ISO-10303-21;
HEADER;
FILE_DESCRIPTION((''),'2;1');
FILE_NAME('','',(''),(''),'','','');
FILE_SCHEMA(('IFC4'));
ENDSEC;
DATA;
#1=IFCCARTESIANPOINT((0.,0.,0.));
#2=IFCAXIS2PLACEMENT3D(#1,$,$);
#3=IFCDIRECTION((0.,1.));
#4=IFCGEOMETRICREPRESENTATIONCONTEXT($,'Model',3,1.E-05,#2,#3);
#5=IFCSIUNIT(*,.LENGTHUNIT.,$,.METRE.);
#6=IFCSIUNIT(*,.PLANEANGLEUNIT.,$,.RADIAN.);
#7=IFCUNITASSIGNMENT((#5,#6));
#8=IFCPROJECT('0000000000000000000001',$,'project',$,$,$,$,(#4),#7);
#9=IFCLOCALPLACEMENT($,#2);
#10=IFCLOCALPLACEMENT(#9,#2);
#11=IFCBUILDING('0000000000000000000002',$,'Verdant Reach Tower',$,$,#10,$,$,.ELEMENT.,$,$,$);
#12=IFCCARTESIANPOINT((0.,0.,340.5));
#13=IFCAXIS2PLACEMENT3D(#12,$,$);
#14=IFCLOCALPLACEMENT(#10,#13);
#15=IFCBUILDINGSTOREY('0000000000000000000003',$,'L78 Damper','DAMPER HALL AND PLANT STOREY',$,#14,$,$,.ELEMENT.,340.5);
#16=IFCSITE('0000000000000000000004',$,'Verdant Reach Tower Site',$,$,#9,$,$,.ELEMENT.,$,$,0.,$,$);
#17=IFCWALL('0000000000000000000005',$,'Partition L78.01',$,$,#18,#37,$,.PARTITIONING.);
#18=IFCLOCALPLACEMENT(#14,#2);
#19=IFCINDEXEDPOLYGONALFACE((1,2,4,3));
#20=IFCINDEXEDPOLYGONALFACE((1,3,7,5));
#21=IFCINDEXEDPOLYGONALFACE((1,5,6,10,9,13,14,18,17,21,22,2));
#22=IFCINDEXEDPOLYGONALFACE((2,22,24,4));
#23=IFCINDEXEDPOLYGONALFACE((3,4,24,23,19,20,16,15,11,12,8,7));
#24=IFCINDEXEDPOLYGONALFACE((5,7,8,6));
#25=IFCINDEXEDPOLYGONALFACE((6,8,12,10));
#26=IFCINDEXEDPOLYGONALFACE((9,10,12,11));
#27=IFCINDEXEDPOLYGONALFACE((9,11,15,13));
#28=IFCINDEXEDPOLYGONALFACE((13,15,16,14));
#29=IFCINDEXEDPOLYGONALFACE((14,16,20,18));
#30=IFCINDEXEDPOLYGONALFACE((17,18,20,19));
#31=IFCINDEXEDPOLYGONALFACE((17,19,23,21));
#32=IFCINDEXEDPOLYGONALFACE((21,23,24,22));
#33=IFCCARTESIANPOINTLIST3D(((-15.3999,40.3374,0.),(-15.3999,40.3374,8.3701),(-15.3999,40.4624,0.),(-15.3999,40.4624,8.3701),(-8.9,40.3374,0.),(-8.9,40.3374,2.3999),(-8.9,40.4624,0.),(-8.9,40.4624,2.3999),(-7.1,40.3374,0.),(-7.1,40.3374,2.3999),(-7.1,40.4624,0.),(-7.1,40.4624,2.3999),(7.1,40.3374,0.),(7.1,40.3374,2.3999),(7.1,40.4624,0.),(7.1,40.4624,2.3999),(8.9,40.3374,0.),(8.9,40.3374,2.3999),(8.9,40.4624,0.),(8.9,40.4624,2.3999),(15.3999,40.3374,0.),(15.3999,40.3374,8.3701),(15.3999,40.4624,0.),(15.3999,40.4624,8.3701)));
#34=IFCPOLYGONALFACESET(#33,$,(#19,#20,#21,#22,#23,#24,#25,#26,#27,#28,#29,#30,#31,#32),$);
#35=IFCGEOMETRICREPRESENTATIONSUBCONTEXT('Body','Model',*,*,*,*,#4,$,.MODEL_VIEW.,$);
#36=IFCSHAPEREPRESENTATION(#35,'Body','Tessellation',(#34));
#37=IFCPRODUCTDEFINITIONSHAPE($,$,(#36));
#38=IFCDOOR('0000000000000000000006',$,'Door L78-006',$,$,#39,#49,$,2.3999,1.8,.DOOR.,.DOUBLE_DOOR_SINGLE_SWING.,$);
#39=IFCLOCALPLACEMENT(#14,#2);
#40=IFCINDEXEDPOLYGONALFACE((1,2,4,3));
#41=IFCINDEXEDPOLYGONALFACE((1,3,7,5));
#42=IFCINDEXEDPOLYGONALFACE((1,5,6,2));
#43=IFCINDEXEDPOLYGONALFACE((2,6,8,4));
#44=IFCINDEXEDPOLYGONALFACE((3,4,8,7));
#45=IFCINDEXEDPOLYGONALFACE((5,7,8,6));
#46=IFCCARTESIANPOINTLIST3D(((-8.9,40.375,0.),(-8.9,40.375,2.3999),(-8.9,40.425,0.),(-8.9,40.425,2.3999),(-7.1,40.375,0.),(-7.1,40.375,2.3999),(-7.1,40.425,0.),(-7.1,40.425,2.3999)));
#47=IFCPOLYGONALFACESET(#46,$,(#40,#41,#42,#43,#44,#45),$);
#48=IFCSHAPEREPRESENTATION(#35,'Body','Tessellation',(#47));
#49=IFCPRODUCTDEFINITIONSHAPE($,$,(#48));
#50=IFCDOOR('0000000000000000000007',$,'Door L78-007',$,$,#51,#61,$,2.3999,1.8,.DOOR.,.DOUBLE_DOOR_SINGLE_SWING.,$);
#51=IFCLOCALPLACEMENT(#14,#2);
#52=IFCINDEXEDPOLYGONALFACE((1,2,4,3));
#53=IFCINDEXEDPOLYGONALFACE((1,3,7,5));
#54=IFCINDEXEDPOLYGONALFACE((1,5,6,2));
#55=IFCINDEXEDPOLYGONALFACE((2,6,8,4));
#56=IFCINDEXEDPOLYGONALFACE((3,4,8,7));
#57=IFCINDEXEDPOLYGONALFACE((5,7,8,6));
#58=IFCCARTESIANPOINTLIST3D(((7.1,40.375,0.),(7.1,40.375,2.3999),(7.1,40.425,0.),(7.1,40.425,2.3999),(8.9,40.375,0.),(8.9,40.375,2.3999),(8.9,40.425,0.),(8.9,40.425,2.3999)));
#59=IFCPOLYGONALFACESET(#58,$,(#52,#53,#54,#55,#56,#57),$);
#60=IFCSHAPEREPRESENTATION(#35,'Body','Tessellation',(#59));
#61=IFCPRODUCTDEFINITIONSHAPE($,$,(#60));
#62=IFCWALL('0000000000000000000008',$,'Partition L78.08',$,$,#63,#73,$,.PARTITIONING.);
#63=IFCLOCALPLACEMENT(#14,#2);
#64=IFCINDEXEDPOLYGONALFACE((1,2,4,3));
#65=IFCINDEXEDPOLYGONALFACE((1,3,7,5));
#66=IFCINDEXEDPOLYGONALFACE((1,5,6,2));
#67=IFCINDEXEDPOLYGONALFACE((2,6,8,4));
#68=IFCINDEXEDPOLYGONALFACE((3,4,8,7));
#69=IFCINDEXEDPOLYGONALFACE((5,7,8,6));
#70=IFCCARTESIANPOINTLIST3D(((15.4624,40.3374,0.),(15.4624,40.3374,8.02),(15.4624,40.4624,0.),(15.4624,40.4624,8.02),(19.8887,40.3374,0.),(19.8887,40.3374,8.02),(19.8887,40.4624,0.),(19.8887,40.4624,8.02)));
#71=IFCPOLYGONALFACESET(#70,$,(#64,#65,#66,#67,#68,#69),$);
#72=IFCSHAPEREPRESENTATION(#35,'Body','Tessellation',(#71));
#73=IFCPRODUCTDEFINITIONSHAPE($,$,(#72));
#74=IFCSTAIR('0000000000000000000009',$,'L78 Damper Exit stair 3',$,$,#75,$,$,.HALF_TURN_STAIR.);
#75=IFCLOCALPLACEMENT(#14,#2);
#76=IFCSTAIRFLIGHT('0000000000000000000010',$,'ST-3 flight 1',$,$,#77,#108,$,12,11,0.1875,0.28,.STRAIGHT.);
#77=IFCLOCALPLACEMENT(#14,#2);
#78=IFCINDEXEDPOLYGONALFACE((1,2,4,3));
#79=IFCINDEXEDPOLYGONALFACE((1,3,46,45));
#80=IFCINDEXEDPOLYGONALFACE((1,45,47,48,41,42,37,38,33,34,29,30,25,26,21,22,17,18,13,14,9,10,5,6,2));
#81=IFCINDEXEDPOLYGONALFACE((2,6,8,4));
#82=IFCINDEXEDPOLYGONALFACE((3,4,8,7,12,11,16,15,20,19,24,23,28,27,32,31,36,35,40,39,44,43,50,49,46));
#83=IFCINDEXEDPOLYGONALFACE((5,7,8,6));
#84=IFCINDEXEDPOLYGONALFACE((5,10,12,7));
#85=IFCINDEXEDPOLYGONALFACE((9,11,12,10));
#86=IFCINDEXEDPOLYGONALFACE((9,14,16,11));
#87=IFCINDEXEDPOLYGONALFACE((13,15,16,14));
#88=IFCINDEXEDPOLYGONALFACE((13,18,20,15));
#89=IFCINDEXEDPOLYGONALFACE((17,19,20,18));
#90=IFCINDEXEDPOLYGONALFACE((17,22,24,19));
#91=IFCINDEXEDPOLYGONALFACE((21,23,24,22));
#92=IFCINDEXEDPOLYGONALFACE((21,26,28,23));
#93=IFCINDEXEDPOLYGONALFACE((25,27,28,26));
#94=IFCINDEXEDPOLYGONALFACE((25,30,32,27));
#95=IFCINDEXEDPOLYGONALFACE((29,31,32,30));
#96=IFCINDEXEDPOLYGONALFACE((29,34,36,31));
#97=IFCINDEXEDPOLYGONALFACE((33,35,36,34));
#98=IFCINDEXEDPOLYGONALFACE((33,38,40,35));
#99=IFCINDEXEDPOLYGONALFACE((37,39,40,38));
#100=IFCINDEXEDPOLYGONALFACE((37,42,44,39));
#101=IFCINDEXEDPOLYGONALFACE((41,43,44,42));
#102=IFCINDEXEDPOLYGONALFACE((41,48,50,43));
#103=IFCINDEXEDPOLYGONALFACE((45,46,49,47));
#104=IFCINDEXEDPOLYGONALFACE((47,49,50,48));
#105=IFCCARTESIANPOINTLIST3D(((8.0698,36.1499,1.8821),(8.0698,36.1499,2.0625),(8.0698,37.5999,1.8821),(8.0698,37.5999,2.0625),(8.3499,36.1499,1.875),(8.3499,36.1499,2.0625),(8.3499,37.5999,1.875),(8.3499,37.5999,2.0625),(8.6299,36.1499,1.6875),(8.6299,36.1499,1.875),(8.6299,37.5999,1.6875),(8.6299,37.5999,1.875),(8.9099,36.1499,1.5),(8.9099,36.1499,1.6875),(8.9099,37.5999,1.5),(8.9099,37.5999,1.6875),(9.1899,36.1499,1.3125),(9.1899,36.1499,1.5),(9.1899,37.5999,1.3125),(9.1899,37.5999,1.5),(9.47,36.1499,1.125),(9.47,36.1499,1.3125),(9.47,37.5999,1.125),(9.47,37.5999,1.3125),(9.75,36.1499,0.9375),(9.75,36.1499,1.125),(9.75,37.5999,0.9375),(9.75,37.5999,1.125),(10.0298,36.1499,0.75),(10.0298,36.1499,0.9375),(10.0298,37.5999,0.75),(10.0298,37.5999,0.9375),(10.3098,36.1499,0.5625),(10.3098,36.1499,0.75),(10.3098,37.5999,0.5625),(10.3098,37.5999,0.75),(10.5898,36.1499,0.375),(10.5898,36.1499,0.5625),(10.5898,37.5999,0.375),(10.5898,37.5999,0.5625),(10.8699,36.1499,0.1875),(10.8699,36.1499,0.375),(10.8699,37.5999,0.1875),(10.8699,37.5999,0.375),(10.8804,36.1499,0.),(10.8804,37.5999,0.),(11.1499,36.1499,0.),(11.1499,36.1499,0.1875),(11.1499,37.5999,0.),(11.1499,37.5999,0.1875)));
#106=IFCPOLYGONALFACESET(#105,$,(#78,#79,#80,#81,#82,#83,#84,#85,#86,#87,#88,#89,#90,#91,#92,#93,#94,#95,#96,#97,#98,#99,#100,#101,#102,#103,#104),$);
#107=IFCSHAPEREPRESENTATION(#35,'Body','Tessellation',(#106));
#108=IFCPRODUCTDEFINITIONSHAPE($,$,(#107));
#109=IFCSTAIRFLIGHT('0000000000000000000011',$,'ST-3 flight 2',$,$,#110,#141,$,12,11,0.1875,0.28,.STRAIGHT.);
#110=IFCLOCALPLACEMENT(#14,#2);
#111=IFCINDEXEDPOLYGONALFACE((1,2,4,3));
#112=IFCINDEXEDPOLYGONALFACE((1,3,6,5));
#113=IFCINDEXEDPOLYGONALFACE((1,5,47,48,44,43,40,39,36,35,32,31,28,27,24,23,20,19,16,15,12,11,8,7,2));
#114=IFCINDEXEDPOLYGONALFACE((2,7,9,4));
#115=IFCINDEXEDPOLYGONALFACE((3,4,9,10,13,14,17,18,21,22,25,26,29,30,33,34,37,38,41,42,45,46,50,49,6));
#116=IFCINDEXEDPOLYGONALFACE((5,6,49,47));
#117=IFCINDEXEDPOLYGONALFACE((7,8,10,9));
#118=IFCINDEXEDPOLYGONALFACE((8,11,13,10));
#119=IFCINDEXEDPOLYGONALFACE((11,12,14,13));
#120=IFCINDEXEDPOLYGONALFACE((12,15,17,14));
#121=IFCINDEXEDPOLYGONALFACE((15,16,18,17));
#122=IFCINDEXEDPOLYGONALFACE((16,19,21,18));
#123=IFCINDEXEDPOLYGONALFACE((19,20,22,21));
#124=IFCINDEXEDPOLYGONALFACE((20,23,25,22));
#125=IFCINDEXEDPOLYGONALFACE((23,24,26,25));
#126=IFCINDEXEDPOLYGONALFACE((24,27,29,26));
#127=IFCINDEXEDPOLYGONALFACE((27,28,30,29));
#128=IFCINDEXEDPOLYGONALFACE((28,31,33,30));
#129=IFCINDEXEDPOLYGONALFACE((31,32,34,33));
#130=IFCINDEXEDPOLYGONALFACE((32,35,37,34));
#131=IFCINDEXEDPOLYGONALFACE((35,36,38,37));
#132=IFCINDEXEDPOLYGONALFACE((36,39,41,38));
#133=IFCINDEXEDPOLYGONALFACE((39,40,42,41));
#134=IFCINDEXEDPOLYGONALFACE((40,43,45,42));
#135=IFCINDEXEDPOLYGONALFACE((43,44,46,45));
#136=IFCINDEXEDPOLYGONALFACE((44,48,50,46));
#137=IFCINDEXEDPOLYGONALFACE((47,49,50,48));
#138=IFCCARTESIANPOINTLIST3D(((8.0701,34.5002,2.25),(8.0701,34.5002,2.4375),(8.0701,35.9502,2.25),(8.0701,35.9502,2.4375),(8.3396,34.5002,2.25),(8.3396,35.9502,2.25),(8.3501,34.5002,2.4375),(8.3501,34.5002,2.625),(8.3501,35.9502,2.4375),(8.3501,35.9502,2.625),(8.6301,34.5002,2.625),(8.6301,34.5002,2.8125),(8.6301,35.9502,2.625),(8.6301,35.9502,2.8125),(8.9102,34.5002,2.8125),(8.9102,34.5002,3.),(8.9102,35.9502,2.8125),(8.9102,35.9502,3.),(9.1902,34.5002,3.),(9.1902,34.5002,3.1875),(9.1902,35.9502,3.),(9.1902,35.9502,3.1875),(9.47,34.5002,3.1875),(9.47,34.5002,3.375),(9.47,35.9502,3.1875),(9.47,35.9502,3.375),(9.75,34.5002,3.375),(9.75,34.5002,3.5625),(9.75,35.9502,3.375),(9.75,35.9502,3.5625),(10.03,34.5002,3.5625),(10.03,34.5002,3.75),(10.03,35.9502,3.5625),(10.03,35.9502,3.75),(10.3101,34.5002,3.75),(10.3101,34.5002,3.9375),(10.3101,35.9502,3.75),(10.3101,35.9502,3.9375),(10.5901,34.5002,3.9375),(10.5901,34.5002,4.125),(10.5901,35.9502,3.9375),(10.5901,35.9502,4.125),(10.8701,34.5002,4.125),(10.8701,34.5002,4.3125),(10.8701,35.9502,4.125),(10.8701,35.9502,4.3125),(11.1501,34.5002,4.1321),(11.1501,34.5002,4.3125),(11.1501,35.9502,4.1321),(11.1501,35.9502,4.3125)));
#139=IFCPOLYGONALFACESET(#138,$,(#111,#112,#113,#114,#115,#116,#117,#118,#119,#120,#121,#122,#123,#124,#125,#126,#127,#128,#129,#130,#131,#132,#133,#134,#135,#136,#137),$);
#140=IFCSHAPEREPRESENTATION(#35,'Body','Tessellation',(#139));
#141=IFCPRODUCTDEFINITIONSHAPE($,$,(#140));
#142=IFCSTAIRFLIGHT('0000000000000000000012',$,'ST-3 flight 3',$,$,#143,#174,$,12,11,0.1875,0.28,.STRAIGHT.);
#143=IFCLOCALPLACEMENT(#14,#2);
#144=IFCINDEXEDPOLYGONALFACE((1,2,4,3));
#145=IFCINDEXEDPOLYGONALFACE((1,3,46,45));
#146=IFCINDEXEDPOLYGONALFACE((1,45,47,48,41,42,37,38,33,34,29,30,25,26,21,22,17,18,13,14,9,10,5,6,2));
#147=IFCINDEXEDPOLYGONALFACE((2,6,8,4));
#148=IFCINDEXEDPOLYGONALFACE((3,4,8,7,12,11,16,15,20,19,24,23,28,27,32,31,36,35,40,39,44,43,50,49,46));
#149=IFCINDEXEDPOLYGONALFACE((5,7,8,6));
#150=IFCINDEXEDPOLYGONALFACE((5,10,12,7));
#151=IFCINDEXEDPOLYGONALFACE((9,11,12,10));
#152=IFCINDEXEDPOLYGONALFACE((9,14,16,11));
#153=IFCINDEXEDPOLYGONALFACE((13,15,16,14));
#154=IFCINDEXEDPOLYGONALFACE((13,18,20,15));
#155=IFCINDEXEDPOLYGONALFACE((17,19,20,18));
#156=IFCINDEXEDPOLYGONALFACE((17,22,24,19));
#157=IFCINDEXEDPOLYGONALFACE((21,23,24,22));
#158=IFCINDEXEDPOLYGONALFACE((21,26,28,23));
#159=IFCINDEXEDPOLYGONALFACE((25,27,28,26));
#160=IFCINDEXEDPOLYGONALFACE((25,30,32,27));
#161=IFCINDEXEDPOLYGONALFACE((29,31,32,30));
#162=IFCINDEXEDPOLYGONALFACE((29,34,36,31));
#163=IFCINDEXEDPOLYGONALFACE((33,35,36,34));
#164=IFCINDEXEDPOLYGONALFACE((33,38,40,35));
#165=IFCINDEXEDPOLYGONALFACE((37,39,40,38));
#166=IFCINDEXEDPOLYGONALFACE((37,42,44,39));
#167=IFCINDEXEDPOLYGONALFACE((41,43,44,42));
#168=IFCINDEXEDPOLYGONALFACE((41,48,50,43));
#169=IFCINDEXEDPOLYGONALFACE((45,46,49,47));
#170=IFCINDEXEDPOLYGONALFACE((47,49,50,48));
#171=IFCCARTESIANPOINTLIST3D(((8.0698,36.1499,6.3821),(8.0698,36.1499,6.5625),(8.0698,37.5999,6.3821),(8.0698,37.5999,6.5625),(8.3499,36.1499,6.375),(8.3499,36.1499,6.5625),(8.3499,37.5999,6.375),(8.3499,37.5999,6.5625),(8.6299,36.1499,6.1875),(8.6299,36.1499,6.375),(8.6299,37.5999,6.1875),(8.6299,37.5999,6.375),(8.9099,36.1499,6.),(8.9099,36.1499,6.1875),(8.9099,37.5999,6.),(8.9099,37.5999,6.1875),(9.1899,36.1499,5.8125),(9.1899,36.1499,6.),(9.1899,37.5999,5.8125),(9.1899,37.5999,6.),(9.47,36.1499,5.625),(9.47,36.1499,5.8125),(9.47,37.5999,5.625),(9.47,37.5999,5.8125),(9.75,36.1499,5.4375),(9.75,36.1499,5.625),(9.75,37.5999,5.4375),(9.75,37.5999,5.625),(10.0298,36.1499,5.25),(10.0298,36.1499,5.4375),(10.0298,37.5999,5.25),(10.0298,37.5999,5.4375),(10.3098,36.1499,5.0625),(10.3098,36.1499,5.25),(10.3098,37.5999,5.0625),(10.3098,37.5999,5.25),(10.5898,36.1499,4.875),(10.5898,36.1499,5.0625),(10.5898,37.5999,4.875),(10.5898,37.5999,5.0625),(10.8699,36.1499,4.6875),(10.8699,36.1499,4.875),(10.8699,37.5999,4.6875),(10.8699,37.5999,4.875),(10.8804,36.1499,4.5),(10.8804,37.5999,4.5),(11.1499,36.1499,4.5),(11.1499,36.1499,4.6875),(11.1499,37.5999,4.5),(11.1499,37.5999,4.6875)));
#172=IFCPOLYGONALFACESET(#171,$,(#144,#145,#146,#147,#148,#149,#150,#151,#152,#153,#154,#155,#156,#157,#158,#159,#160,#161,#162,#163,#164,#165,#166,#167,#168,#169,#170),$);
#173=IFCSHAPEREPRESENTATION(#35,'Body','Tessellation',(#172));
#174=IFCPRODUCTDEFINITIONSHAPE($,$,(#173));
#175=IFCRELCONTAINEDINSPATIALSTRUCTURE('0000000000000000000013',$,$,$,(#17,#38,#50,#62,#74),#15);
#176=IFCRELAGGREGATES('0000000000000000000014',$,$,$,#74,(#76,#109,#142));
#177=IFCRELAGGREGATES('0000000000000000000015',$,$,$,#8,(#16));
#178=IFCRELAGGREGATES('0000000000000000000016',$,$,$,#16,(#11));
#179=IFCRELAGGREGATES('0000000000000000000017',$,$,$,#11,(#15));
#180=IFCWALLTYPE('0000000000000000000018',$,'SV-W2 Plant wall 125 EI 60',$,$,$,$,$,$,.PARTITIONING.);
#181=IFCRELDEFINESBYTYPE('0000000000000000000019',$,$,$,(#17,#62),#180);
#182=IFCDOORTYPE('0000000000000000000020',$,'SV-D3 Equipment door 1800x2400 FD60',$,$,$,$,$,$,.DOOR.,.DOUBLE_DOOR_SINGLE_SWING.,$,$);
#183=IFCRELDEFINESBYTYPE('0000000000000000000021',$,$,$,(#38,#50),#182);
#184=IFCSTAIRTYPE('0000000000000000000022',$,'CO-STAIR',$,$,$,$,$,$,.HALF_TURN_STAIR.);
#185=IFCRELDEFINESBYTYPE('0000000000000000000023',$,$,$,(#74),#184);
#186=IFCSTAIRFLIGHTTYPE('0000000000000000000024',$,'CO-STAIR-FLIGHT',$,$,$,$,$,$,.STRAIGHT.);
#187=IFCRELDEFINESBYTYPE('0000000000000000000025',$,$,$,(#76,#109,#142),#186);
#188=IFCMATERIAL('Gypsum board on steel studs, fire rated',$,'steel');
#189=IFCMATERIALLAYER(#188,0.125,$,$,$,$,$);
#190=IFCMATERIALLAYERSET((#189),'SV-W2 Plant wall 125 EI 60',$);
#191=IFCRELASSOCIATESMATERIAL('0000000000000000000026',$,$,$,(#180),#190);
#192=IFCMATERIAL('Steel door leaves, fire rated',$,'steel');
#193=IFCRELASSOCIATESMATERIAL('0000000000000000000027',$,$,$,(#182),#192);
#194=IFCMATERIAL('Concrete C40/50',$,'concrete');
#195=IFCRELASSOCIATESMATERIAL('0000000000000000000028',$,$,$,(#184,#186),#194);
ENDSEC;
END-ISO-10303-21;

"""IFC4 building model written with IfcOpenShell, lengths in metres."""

from ifc_helpers import new_model, si_unit, direction, frame, frame_2d, origin, place, context, subcontext, project, spatial, polyline, rectangle, outline, extrude, material, layer, layer_set, type_object, element, fill, aggregate, save


model = new_model("IFC4")

# Units and contexts
model_context = context("Model", 3, precision=1e-05, world=origin(), true_north=direction((0.0, 1.0)))
body_context = subcontext(model_context, "Body", "Model", "MODEL_VIEW")
ifc_project = project(units=[si_unit("LENGTHUNIT", "METRE"), si_unit("PLANEANGLEUNIT", "RADIAN")], contexts=[model_context])

# Site, building, storey
site_placement = place(None, origin())
site = spatial("IfcSite", under=ifc_project, at=site_placement, Name="Verdant Reach Tower Site", CompositionType="ELEMENT", RefElevation=0.0)
building_placement = place(site_placement, origin())
building = spatial("IfcBuilding", under=site, at=building_placement, Name="Verdant Reach Tower", CompositionType="ELEMENT")
storey_placement = place(building_placement, frame((0.0, 0.0, 340.5)))
storey = spatial("IfcBuildingStorey", under=building, at=storey_placement, Name="L78 Damper", Description="DAMPER HALL AND PLANT STOREY", CompositionType="ELEMENT", Elevation=340.5)

# Wall, openings, doors
ifc_material_1 = material(Name="Gypsum board on steel studs, fire rated", Category="steel")
ifc_layer_1 = layer(ifc_material_1, 0.125)
ifc_layer_set_1 = layer_set([ifc_layer_1], Name="SV-W2 Plant wall 125 EI 60")
wall_type = type_object("IfcWallType", Name="SV-W2 Plant wall 125 EI 60", PredefinedType="PARTITIONING", material=ifc_layer_set_1)
wall_1_placement = place(storey_placement, frame((15.3999, 40.3999, 0.0), z_axis=(0.0, 0.0, 1.0), x_axis=(-1.0, 0.0, 0.0)))
wall_1 = element("IfcWall", 1, at=wall_1_placement, inside=storey, type_object=wall_type, Name="Partition L78.01", PredefinedType="PARTITIONING", context=body_context, shape_type="SweptSolid", body=[
    extrude(rectangle(XDim=30.7998, YDim=0.125, at=frame_2d((15.3999, 0.0))), origin(), (0.0, 0.0, 1.0), 8.3701),
])
opening_1_placement = place(wall_1_placement, frame((22.5, 0.0, 0.0)))
opening_1 = element("IfcOpeningElement", 2, at=opening_1_placement, cuts=wall_1, PredefinedType="OPENING", context=body_context, shape_type="SweptSolid", body=[
    extrude(rectangle(XDim=1.8, YDim=2.3999, at=frame_2d((0.8999, 1.2))), frame((0.0, 0.0725, 0.0), z_axis=(0.0, -1.0, 0.0), x_axis=(1.0, 0.0, 0.0)), (0.0, 0.0, 1.0), 0.145),
])
opening_2_placement = place(wall_1_placement, frame((6.5, 0.0, 0.0)))
opening_2 = element("IfcOpeningElement", 3, at=opening_2_placement, cuts=wall_1, PredefinedType="OPENING", context=body_context, shape_type="SweptSolid", body=[
    extrude(rectangle(XDim=1.8, YDim=2.3999, at=frame_2d((0.8999, 1.2))), frame((0.0, 0.0725, 0.0), z_axis=(0.0, -1.0, 0.0), x_axis=(1.0, 0.0, 0.0)), (0.0, 0.0, 1.0), 0.145),
])
ifc_material_2 = material(Name="Steel door leaves, fire rated", Category="steel")
door_type = type_object("IfcDoorType", Name="SV-D3 Equipment door 1800x2400 FD60", OperationType="DOUBLE_DOOR_SINGLE_SWING", PredefinedType="DOOR", material=ifc_material_2)
door_1_placement = place(opening_1_placement, origin())
door_1 = element("IfcDoor", 4, at=door_1_placement, inside=storey, type_object=door_type, Name="Door L78-006", OperationType="DOUBLE_DOOR_SINGLE_SWING", OverallHeight=2.3999, OverallWidth=1.8, PredefinedType="DOOR", context=body_context, shape_type="SweptSolid", body=[
    extrude(rectangle(XDim=1.8, YDim=2.3999, at=frame_2d((0.8999, 1.2))), frame((0.0, 0.0249, 0.0), z_axis=(0.0, -1.0, 0.0), x_axis=(1.0, 0.0, 0.0)), (0.0, 0.0, 1.0), 0.05),
])
fill(opening_1, door_1)
door_2_placement = place(opening_2_placement, origin())
door_2 = element("IfcDoor", 5, at=door_2_placement, inside=storey, type_object=door_type, Name="Door L78-007", OperationType="DOUBLE_DOOR_SINGLE_SWING", OverallHeight=2.3999, OverallWidth=1.8, PredefinedType="DOOR", context=body_context, shape_type="SweptSolid", body=[
    extrude(rectangle(XDim=1.8, YDim=2.3999, at=frame_2d((0.8999, 1.2))), frame((0.0, 0.0249, 0.0), z_axis=(0.0, -1.0, 0.0), x_axis=(1.0, 0.0, 0.0)), (0.0, 0.0, 1.0), 0.05),
])
fill(opening_2, door_2)

# Wall
wall_2_placement = place(storey_placement, frame((19.8887, 40.3999, 0.0), z_axis=(0.0, 0.0, 1.0), x_axis=(-1.0, 0.0, 0.0)))
element("IfcWall", 6, at=wall_2_placement, inside=storey, type_object=wall_type, Name="Partition L78.08", PredefinedType="PARTITIONING", context=body_context, shape_type="SweptSolid", body=[
    extrude(rectangle(XDim=4.4263, YDim=0.125, at=frame_2d((2.2131, 0.0))), origin(), (0.0, 0.0, 1.0), 8.02),
])

# Stair, stair flights
ifc_material_3 = material(Name="Concrete C40/50", Category="concrete")
stair_type = type_object("IfcStairType", Name="CO-STAIR", PredefinedType="HALF_TURN_STAIR", material=ifc_material_3)
stair_placement = place(storey_placement, origin())
stair = element("IfcStair", 7, at=stair_placement, inside=storey, type_object=stair_type, Name="L78 Damper Exit stair 3", PredefinedType="HALF_TURN_STAIR")
stair_flight_type = type_object("IfcStairFlightType", Name="CO-STAIR-FLIGHT", PredefinedType="STRAIGHT", material=ifc_material_3)
stair_flight_1_placement = place(storey_placement, frame((11.1499, 36.875, 0.0), z_axis=(0.0, 0.0, 1.0), x_axis=(-1.0, 0.0, 0.0)))
stair_flight_1 = element("IfcStairFlight", 8, at=stair_flight_1_placement, type_object=stair_flight_type, Name="ST-3 flight 1", NumberOfRisers=12, NumberOfTreads=11, PredefinedType="STRAIGHT", RiserHeight=0.1875, TreadLength=0.28, context=body_context, shape_type="SweptSolid", body=[
    extrude(outline(polyline([(0.0, 0.0), (0.0, 0.1875), (0.28, 0.1875), (0.28, 0.375), (0.5601, 0.375), (0.5601, 0.5625), (0.8401, 0.5625), (0.8401, 0.75), (1.1201, 0.75), (1.1201, 0.9375), (1.3999, 0.9375), (1.3999, 1.125), (1.6799, 1.125), (1.6799, 1.3125), (1.96, 1.3125), (1.96, 1.5), (2.24, 1.5), (2.24, 1.6875), (2.52, 1.6875), (2.52, 1.875), (2.8, 1.875), (2.8, 2.0625), (3.0801, 2.0625), (3.0801, 2.25), (3.0801, 1.8821), (0.2695, 0.0), (0.0, 0.0)])), frame((0.0, 0.7251, 0.0), z_axis=(0.0, -1.0, 0.0), x_axis=(1.0, 0.0, 0.0)), (0.0, 0.0, 1.0), 1.45),
])
stair_flight_2_placement = place(storey_placement, frame((8.0701, 35.2251, 2.25), z_axis=(0.0, 0.0, 1.0), x_axis=(1.0, 0.0, 0.0)))
stair_flight_2 = element("IfcStairFlight", 9, at=stair_flight_2_placement, type_object=stair_flight_type, Name="ST-3 flight 2", NumberOfRisers=12, NumberOfTreads=11, PredefinedType="STRAIGHT", RiserHeight=0.1875, TreadLength=0.28, context=body_context, shape_type="SweptSolid", body=[
    extrude(outline(polyline([(0.0, 0.0), (0.0, 0.1875), (0.28, 0.1875), (0.28, 0.375), (0.5601, 0.375), (0.5601, 0.5625), (0.8401, 0.5625), (0.8401, 0.75), (1.1201, 0.75), (1.1201, 0.9375), (1.3999, 0.9375), (1.3999, 1.125), (1.6799, 1.125), (1.6799, 1.3125), (1.96, 1.3125), (1.96, 1.5), (2.24, 1.5), (2.24, 1.6875), (2.52, 1.6875), (2.52, 1.875), (2.8, 1.875), (2.8, 2.0625), (3.0801, 2.0625), (3.0801, 2.25), (3.0801, 1.8821), (0.2695, 0.0), (0.0, 0.0)])), frame((0.0, 0.7251, 0.0), z_axis=(0.0, -1.0, 0.0), x_axis=(1.0, 0.0, 0.0)), (0.0, 0.0, 1.0), 1.45),
])
stair_flight_3_placement = place(storey_placement, frame((11.1499, 36.875, 4.5), z_axis=(0.0, 0.0, 1.0), x_axis=(-1.0, 0.0, 0.0)))
stair_flight_3 = element("IfcStairFlight", 10, at=stair_flight_3_placement, type_object=stair_flight_type, Name="ST-3 flight 3", NumberOfRisers=12, NumberOfTreads=11, PredefinedType="STRAIGHT", RiserHeight=0.1875, TreadLength=0.28, context=body_context, shape_type="SweptSolid", body=[
    extrude(outline(polyline([(0.0, 0.0), (0.0, 0.1875), (0.28, 0.1875), (0.28, 0.375), (0.5601, 0.375), (0.5601, 0.5625), (0.8401, 0.5625), (0.8401, 0.75), (1.1201, 0.75), (1.1201, 0.9375), (1.3999, 0.9375), (1.3999, 1.125), (1.6799, 1.125), (1.6799, 1.3125), (1.96, 1.3125), (1.96, 1.5), (2.24, 1.5), (2.24, 1.6875), (2.52, 1.6875), (2.52, 1.875), (2.8, 1.875), (2.8, 2.0625), (3.0801, 2.0625), (3.0801, 2.25), (3.0801, 1.8821), (0.2695, 0.0), (0.0, 0.0)])), frame((0.0, 0.7251, 0.0), z_axis=(0.0, -1.0, 0.0), x_axis=(1.0, 0.0, 0.0)), (0.0, 0.0, 1.0), 1.45),
])
aggregate(stair, [stair_flight_1, stair_flight_2, stair_flight_3])

save(model, "model.ifc")
